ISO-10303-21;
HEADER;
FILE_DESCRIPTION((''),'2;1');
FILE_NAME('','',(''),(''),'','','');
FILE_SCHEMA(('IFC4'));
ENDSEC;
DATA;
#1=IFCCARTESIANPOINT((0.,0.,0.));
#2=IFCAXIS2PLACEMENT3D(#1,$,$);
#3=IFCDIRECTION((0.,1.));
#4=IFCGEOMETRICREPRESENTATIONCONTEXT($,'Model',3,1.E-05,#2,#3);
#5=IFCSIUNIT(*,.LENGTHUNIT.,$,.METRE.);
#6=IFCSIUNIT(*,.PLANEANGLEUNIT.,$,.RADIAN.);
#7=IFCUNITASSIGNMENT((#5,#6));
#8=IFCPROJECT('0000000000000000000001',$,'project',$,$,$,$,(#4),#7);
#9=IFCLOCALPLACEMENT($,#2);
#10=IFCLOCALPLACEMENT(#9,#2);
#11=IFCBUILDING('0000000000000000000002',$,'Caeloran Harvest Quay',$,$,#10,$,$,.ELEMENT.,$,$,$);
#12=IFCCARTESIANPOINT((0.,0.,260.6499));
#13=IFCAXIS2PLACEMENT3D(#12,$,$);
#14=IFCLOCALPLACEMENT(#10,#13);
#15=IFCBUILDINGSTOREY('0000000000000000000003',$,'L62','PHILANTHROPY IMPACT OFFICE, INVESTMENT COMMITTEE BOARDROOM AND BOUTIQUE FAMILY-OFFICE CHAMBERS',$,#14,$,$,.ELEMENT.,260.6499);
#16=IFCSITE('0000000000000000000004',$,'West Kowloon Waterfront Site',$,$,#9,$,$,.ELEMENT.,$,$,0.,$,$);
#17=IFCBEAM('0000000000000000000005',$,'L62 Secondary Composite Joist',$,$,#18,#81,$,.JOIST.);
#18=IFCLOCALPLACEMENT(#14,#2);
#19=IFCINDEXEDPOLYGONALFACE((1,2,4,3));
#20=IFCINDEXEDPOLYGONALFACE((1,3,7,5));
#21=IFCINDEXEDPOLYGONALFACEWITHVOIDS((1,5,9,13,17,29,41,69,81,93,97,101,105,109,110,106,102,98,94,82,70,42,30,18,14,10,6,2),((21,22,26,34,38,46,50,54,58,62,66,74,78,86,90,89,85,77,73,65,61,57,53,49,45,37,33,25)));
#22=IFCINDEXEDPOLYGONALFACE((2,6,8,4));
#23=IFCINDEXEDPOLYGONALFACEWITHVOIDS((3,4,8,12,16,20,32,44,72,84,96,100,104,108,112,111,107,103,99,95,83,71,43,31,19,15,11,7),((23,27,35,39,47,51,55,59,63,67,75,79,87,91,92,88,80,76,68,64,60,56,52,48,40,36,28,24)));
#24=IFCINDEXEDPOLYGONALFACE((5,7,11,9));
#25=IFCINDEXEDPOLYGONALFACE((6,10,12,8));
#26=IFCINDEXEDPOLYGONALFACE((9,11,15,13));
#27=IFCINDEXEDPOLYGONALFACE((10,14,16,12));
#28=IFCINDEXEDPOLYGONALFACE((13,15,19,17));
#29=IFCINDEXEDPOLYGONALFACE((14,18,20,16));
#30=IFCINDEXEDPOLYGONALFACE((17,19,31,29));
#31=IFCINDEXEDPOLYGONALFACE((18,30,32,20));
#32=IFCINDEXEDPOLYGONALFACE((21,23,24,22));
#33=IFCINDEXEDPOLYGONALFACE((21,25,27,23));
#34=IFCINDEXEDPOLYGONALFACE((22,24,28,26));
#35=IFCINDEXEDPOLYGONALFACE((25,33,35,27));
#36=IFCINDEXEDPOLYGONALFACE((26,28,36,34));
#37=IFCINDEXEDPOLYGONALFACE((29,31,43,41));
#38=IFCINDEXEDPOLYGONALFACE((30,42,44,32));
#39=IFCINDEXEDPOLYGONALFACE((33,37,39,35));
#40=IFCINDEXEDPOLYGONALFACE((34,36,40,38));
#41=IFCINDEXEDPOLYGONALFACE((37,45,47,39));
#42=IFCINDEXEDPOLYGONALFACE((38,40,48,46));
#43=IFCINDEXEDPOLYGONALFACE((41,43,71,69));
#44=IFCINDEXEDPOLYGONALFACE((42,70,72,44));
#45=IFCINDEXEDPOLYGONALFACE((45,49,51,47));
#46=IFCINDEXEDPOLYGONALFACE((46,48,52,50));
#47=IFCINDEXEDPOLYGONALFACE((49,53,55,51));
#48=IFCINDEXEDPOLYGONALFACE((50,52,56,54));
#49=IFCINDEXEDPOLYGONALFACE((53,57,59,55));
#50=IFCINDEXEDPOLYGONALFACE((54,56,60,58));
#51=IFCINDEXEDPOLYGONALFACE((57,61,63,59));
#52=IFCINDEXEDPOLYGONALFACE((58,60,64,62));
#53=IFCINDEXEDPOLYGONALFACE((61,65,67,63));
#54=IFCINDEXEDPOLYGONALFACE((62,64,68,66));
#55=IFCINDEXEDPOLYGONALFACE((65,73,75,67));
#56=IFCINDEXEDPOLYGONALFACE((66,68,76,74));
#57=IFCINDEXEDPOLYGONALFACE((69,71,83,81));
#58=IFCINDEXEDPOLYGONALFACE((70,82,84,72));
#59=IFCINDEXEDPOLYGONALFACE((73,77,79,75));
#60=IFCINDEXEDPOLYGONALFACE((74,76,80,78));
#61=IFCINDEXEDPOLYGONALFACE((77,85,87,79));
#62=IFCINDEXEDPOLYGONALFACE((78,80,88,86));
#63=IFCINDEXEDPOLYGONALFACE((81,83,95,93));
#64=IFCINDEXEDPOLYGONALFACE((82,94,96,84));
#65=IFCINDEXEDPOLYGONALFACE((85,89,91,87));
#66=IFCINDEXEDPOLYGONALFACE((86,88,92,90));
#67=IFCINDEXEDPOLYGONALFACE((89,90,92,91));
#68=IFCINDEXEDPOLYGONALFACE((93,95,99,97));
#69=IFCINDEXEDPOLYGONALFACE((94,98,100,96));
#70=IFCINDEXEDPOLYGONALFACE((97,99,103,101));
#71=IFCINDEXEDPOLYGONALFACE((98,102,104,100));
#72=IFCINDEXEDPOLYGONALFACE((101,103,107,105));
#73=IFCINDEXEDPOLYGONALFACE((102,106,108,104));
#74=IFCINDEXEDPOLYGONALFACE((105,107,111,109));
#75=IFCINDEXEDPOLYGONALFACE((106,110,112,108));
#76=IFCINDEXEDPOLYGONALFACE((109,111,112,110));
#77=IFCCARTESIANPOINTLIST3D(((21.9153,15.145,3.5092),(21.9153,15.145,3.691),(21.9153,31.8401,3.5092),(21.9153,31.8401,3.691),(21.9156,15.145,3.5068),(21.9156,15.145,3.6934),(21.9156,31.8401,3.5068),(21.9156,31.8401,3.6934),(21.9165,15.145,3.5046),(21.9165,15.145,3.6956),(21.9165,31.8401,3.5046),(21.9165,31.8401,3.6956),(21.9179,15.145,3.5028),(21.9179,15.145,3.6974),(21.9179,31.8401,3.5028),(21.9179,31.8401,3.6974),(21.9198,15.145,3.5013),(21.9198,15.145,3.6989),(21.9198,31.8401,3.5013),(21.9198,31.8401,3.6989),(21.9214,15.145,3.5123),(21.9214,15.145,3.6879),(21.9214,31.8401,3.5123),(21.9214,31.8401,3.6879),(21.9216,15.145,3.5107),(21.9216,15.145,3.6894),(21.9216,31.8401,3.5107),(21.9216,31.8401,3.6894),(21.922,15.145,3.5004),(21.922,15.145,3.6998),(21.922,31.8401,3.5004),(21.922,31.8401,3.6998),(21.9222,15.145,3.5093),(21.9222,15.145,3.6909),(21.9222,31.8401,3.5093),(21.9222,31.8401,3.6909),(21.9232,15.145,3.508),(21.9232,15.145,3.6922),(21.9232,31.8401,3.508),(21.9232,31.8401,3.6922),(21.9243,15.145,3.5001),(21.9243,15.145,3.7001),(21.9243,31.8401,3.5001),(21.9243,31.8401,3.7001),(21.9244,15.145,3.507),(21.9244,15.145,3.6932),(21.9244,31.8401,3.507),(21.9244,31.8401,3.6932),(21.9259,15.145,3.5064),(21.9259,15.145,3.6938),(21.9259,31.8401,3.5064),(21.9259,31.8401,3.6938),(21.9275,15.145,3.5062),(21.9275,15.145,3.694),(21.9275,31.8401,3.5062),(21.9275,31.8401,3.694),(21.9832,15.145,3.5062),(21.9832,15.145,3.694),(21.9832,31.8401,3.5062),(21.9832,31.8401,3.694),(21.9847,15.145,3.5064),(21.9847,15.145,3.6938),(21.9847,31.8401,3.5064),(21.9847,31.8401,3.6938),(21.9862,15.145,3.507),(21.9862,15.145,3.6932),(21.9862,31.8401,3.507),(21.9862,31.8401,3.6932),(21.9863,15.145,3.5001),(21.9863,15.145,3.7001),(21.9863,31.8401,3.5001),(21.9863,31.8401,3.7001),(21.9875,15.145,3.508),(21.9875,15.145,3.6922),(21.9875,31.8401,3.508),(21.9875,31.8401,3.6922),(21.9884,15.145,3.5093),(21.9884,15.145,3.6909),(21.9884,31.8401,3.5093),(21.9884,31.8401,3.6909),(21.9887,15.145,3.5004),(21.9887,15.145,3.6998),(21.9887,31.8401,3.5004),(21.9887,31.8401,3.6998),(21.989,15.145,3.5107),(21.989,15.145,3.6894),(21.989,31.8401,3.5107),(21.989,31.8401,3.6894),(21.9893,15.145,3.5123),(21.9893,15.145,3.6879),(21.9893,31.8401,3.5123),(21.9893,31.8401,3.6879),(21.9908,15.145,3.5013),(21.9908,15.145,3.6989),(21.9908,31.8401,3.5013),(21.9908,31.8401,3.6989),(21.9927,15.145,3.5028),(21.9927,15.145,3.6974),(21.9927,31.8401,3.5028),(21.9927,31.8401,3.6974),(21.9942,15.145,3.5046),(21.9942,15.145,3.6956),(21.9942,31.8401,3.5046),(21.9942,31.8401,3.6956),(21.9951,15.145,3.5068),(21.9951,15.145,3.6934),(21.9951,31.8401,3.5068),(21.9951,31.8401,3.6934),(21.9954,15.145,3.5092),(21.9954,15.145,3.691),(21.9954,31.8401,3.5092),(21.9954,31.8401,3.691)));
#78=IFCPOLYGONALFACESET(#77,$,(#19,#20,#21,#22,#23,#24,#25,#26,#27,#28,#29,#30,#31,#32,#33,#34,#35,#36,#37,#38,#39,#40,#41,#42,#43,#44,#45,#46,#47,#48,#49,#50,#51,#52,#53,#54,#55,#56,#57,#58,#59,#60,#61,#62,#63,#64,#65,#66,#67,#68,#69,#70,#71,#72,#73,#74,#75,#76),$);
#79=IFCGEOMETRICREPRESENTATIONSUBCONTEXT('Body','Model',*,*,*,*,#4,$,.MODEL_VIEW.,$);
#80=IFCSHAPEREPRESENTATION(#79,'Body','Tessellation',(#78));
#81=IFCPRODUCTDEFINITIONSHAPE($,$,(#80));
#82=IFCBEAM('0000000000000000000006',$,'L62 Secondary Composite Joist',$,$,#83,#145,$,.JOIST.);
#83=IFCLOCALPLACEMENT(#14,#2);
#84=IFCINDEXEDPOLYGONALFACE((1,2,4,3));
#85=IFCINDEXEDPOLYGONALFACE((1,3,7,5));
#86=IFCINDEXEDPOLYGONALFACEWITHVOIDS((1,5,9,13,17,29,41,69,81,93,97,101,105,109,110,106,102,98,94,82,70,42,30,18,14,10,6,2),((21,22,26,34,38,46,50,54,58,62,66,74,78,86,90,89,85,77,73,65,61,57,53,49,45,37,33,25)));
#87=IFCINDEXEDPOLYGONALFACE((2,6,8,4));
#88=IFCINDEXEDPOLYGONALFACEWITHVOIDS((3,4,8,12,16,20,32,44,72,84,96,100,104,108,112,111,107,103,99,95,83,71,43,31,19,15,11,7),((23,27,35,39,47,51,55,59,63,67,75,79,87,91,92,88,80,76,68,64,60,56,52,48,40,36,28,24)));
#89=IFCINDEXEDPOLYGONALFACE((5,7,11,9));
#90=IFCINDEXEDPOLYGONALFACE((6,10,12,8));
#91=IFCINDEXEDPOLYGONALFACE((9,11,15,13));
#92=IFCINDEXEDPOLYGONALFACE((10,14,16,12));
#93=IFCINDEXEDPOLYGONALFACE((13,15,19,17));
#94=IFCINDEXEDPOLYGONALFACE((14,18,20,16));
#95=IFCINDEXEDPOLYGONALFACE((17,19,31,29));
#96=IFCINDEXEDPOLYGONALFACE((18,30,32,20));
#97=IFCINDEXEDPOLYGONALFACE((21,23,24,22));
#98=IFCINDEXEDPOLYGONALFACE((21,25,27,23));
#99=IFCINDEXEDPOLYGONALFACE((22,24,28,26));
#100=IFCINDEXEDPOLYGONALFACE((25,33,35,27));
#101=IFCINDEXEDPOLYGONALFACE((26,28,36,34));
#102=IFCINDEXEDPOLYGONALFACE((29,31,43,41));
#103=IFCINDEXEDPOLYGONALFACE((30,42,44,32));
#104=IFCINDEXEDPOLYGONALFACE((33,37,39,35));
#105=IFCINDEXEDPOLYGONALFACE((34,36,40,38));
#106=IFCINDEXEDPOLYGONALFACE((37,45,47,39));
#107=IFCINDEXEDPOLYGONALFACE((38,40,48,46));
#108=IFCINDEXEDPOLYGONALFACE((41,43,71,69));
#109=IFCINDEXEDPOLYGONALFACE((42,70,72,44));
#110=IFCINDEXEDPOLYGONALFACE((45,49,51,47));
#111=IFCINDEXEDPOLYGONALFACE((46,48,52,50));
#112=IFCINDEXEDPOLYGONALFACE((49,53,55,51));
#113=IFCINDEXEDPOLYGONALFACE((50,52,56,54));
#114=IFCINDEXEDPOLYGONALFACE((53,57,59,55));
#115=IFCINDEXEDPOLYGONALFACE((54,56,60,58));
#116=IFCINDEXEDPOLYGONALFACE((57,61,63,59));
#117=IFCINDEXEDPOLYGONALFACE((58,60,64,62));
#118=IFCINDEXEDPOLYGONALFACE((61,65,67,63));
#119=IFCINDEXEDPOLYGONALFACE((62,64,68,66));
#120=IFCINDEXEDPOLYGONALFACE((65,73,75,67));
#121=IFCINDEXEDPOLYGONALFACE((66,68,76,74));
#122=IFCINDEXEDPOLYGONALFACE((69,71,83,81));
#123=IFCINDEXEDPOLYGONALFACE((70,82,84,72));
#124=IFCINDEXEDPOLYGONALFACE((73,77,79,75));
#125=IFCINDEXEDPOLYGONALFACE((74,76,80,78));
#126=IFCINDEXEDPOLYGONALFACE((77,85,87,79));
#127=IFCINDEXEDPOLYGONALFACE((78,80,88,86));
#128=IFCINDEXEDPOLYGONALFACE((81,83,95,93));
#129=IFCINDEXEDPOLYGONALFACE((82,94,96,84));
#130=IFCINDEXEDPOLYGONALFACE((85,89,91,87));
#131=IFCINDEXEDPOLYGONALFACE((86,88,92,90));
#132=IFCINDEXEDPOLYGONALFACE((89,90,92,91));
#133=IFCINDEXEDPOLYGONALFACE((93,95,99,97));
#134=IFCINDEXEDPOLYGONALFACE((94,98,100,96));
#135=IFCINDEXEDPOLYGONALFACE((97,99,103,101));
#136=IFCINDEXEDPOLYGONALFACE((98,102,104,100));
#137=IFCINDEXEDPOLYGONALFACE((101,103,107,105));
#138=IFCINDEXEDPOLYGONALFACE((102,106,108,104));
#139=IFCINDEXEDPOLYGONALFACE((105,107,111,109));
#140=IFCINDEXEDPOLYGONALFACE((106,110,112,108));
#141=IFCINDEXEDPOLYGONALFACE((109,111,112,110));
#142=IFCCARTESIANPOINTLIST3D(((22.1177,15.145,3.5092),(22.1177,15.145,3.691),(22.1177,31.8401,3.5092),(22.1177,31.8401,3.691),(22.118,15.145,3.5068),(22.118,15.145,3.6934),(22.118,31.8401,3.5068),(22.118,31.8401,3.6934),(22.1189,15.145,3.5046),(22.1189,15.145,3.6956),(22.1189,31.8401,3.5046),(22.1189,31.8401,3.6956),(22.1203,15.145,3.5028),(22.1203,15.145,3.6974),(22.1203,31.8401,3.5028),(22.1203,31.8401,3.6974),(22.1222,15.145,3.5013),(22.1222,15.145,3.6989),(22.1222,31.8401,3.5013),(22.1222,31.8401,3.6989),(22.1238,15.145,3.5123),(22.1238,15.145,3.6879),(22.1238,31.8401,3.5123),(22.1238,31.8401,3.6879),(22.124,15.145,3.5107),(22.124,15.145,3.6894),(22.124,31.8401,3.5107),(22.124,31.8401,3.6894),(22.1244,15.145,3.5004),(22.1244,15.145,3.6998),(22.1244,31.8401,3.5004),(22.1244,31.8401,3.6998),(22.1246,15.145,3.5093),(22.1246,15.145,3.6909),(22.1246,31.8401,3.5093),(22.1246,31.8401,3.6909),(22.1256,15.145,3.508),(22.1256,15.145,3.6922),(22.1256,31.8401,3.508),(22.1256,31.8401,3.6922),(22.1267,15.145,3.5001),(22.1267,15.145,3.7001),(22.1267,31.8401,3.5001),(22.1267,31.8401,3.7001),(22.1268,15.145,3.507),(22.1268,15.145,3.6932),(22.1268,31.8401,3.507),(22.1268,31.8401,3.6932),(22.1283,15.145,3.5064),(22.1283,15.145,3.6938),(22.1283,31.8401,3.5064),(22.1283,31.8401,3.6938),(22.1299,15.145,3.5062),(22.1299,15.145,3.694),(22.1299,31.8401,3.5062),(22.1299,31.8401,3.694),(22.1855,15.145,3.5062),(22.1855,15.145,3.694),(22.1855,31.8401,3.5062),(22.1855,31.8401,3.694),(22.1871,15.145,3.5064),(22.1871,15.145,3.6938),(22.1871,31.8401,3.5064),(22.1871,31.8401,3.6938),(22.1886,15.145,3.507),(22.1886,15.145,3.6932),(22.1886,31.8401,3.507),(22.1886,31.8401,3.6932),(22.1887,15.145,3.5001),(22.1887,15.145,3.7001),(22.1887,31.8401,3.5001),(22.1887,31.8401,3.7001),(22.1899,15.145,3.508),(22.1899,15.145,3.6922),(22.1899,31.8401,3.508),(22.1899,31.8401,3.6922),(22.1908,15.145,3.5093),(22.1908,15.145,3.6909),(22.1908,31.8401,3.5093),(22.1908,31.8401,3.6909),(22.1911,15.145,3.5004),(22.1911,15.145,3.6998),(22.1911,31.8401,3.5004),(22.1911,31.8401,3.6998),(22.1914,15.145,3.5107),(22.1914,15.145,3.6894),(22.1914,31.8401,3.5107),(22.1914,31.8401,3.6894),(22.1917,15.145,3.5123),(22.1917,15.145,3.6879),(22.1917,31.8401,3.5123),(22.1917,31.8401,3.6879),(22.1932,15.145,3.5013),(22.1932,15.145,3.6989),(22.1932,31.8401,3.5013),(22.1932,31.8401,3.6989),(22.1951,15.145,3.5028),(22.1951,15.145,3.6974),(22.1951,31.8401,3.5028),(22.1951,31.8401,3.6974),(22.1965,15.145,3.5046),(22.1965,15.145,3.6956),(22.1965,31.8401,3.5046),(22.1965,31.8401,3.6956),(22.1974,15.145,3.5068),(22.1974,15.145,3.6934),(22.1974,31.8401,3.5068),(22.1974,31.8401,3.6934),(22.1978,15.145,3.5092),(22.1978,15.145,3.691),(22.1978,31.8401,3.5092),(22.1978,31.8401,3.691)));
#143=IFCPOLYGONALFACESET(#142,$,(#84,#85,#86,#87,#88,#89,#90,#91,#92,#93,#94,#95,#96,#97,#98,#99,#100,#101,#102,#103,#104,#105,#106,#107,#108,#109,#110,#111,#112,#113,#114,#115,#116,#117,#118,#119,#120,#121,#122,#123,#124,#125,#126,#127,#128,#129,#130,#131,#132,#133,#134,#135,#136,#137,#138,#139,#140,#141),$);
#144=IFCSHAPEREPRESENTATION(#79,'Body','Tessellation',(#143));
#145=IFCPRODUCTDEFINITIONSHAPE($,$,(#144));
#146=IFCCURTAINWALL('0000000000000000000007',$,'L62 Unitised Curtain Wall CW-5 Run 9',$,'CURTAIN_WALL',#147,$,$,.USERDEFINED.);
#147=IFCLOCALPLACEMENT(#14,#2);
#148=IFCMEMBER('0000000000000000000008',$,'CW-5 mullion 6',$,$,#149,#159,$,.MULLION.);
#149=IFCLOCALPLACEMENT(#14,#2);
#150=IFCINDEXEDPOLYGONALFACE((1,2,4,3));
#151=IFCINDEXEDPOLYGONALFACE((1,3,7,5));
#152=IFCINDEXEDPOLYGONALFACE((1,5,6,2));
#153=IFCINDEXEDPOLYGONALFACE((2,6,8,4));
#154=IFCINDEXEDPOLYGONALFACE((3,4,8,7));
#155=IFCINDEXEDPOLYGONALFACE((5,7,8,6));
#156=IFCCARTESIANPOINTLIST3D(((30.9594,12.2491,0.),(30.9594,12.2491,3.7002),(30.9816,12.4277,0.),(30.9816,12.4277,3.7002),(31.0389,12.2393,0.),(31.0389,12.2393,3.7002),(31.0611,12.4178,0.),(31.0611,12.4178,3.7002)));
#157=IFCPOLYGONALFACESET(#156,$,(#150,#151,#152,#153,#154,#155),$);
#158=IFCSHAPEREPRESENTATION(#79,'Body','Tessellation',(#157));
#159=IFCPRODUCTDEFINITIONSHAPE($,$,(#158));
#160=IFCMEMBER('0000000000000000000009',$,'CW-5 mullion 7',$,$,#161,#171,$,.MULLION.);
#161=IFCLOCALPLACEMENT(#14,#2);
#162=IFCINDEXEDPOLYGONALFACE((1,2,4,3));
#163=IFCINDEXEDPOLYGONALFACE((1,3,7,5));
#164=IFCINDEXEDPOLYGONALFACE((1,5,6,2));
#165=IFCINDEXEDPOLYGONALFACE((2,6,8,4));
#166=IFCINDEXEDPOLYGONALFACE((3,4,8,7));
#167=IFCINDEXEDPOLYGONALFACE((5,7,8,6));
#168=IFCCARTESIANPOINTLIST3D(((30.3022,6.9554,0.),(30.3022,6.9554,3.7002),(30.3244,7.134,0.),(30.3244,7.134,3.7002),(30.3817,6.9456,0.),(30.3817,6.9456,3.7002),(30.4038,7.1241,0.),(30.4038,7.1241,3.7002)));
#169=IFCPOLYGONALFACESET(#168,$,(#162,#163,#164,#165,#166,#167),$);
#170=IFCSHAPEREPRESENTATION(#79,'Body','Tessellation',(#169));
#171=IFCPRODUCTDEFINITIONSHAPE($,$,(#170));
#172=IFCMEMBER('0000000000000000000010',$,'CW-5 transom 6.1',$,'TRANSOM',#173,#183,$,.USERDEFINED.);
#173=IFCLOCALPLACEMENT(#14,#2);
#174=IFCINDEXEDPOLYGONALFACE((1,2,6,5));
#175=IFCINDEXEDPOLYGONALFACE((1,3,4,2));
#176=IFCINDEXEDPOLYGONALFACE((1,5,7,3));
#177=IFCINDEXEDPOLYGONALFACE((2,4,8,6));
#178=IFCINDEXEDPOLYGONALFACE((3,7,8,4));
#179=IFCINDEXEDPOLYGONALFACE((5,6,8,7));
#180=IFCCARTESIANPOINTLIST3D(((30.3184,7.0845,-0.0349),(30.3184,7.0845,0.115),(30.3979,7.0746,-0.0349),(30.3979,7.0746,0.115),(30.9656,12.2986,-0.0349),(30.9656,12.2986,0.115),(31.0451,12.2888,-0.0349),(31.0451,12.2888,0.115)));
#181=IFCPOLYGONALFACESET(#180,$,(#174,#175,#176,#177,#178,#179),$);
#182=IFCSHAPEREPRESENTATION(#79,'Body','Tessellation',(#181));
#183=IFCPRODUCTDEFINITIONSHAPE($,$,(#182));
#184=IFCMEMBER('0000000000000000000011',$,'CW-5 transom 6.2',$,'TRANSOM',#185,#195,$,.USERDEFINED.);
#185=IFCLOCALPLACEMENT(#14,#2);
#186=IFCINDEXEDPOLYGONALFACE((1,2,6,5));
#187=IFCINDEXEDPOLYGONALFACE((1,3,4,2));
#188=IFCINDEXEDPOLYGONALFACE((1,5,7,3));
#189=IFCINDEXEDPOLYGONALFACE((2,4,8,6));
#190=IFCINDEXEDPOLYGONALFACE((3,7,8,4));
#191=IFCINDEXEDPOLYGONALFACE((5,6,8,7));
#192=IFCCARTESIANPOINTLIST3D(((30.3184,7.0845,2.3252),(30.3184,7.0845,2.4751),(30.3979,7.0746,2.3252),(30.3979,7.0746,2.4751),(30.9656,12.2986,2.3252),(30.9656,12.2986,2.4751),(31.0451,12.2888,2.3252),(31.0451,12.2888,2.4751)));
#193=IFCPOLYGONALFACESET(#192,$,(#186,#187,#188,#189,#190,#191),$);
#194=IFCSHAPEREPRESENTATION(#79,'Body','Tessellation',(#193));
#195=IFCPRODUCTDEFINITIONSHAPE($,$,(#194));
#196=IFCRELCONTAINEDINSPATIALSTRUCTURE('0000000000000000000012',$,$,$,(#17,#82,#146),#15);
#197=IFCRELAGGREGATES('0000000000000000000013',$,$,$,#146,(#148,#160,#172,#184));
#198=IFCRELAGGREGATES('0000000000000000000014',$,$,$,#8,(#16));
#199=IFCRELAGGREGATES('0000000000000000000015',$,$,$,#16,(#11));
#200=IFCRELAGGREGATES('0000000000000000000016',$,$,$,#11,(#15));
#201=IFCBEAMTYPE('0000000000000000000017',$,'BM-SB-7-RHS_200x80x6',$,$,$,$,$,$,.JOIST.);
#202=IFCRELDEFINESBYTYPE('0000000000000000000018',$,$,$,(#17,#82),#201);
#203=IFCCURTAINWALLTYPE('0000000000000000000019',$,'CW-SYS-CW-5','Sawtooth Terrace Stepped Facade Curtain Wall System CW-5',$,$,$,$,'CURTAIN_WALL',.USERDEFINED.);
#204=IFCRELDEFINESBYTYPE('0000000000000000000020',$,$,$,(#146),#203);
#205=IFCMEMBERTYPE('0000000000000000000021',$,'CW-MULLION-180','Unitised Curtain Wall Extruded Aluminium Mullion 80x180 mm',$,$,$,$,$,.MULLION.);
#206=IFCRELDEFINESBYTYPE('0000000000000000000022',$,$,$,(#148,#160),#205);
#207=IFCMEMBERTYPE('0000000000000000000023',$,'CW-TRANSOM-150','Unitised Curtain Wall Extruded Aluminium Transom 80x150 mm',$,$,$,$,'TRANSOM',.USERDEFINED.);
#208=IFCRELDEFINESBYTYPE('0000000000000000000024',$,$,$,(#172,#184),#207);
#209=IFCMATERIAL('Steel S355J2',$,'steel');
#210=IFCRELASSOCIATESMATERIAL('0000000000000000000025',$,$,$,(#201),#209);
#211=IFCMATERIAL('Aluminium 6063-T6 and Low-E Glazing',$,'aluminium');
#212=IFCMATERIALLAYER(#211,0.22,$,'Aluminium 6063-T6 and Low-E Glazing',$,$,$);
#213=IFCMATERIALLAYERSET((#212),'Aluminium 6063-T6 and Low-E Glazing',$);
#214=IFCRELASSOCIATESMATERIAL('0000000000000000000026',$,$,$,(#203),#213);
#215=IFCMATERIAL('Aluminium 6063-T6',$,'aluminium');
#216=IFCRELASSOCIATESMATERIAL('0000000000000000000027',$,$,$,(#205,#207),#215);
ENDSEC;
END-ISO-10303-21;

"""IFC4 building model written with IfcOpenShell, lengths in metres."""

from ifc_helpers import new_model, si_unit, direction, frame, origin, origin_2d, place, context, subcontext, project, spatial, rectangle, hollow_rectangle, extrude, material, layer, layer_set, material_profile, profile_set, type_object, element, aggregate, save


model = new_model("IFC4")

# Units and contexts
model_context = context("Model", 3, precision=1e-05, world=origin(), true_north=direction((0.0, 1.0)))
body_context = subcontext(model_context, "Body", "Model", "MODEL_VIEW")
ifc_project = project(units=[si_unit("LENGTHUNIT", "METRE"), si_unit("PLANEANGLEUNIT", "RADIAN")], contexts=[model_context])

# Site, building, storey
site_placement = place(None, origin())
site = spatial("IfcSite", under=ifc_project, at=site_placement, Name="West Kowloon Waterfront Site", CompositionType="ELEMENT", RefElevation=0.0)
building_placement = place(site_placement, origin())
building = spatial("IfcBuilding", under=site, at=building_placement, Name="Caeloran Harvest Quay", CompositionType="ELEMENT")
storey_placement = place(building_placement, frame((0.0, 0.0, 260.6499)))
storey = spatial("IfcBuildingStorey", under=building, at=storey_placement, Name="L62", Description="PHILANTHROPY IMPACT OFFICE, INVESTMENT COMMITTEE BOARDROOM AND BOUTIQUE FAMILY-OFFICE CHAMBERS", CompositionType="ELEMENT", Elevation=260.6499)

# Beams
ifc_material_1 = material(Name="Steel S355J2", Category="steel")
ifc_material_profile_1 = material_profile(ifc_material_1, hollow_rectangle(XDim=0.0801, YDim=0.2, WallThickness=0.0061, InnerFilletRadius=0.0061, OuterFilletRadius=0.009, at=origin_2d()), Name="RHS 200x80x6")
ifc_profile_set_1 = profile_set([ifc_material_profile_1], Name="Steel S355J2")
beam_type_1 = type_object("IfcBeamType", Name="BM-SB-7-RHS_200x80x6", PredefinedType="JOIST", material=ifc_profile_set_1)
for number, where, z_axis, x_axis, name in (
    (1, (21.9553, 15.145, 3.6001), (0.0, 1.0, 0.0), (-1.0, 0.0, 0.0), "L62 Secondary Composite Joist"),
    (2, (22.1577, 15.145, 3.6001), (0.0, 1.0, 0.0), (-1.0, 0.0, 0.0), "L62 Secondary Composite Joist"),
):
    element("IfcBeam", number, at=place(storey_placement, frame(where, z_axis=z_axis, x_axis=x_axis)), inside=storey, type_object=beam_type_1, Name=name, PredefinedType="JOIST", context=body_context, shape_type="SweptSolid", body=[
        extrude(hollow_rectangle(XDim=0.0801, YDim=0.2, WallThickness=0.0061, InnerFilletRadius=0.0061, OuterFilletRadius=0.009, at=origin_2d()), origin(), (0.0, 0.0, 1.0), 16.6951),
    ])

# Curtain wall, members
ifc_material_2 = material(Name="Aluminium 6063-T6 and Low-E Glazing", Category="aluminium")
ifc_layer_1 = layer(ifc_material_2, 0.22, Name="Aluminium 6063-T6 and Low-E Glazing")
ifc_layer_set_1 = layer_set([ifc_layer_1], Name="Aluminium 6063-T6 and Low-E Glazing")
curtain_wall_type = type_object("IfcCurtainWallType", Name="CW-SYS-CW-5", Description="Sawtooth Terrace Stepped Facade Curtain Wall System CW-5", ElementType="CURTAIN_WALL", PredefinedType="USERDEFINED", material=ifc_layer_set_1)
curtain_wall_placement = place(storey_placement, origin())
curtain_wall = element("IfcCurtainWall", 3, at=curtain_wall_placement, inside=storey, type_object=curtain_wall_type, Name="L62 Unitised Curtain Wall CW-5 Run 9", ObjectType="CURTAIN_WALL", PredefinedType="USERDEFINED")
ifc_material_3 = material(Name="Aluminium 6063-T6", Category="aluminium")
ifc_material_profile_2 = material_profile(ifc_material_3, rectangle(XDim=0.0801, YDim=0.1799, at=origin_2d()), Name="CW-MULLION-180")
ifc_profile_set_2 = profile_set([ifc_material_profile_2], Name="Aluminium 6063-T6")
member_type_1 = type_object("IfcMemberType", Name="CW-MULLION-180", Description="Unitised Curtain Wall Extruded Aluminium Mullion 80x180 mm", PredefinedType="MULLION", material=ifc_profile_set_2)
member_1_placement = place(storey_placement, frame((31.0103, 12.3335, 0.0), z_axis=(0.0, 0.0, 1.0), x_axis=(0.992383, -0.12319, 0.0)))
member_1 = element("IfcMember", 4, at=member_1_placement, type_object=member_type_1, Name="CW-5 mullion 6", PredefinedType="MULLION", context=body_context, shape_type="SweptSolid", body=[
    extrude(rectangle(XDim=0.0801, YDim=0.1799, at=origin_2d()), origin(), (0.0, 0.0, 1.0), 3.7002),
])
member_2_placement = place(storey_placement, frame((30.353, 7.0398, 0.0), z_axis=(0.0, 0.0, 1.0), x_axis=(0.992383, -0.12319, 0.0)))
member_2 = element("IfcMember", 5, at=member_2_placement, type_object=member_type_1, Name="CW-5 mullion 7", PredefinedType="MULLION", context=body_context, shape_type="SweptSolid", body=[
    extrude(rectangle(XDim=0.0801, YDim=0.1799, at=origin_2d()), origin(), (0.0, 0.0, 1.0), 3.7002),
])
ifc_material_profile_3 = material_profile(ifc_material_3, rectangle(XDim=0.0801, YDim=0.1499, at=origin_2d()), Name="CW-TRANSOM-150")
ifc_profile_set_3 = profile_set([ifc_material_profile_3], Name="Aluminium 6063-T6")
member_type_2 = type_object("IfcMemberType", Name="CW-TRANSOM-150", Description="Unitised Curtain Wall Extruded Aluminium Transom 80x150 mm", ElementType="TRANSOM", PredefinedType="USERDEFINED", material=ifc_profile_set_3)
member_3_placement = place(storey_placement, frame((31.0054, 12.2937, 0.04), z_axis=(-0.123183, -0.992384, 0.0), x_axis=(0.992384, -0.123183, 0.0)))
member_3 = element("IfcMember", 6, at=member_3_placement, type_object=member_type_2, Name="CW-5 transom 6.1", ObjectType="TRANSOM", PredefinedType="USERDEFINED", context=body_context, shape_type="SweptSolid", body=[
    extrude(rectangle(XDim=0.0801, YDim=0.1499, at=origin_2d()), origin(), (0.0, 0.0, 1.0), 5.2542),
])
member_4_placement = place(storey_placement, frame((31.0054, 12.2937, 2.4001), z_axis=(-0.123183, -0.992384, 0.0), x_axis=(0.992384, -0.123183, 0.0)))
member_4 = element("IfcMember", 7, at=member_4_placement, type_object=member_type_2, Name="CW-5 transom 6.2", ObjectType="TRANSOM", PredefinedType="USERDEFINED", context=body_context, shape_type="SweptSolid", body=[
    extrude(rectangle(XDim=0.0801, YDim=0.1499, at=origin_2d()), origin(), (0.0, 0.0, 1.0), 5.2542),
])
aggregate(curtain_wall, [member_1, member_2, member_3, member_4])

save(model, "model.ifc")
